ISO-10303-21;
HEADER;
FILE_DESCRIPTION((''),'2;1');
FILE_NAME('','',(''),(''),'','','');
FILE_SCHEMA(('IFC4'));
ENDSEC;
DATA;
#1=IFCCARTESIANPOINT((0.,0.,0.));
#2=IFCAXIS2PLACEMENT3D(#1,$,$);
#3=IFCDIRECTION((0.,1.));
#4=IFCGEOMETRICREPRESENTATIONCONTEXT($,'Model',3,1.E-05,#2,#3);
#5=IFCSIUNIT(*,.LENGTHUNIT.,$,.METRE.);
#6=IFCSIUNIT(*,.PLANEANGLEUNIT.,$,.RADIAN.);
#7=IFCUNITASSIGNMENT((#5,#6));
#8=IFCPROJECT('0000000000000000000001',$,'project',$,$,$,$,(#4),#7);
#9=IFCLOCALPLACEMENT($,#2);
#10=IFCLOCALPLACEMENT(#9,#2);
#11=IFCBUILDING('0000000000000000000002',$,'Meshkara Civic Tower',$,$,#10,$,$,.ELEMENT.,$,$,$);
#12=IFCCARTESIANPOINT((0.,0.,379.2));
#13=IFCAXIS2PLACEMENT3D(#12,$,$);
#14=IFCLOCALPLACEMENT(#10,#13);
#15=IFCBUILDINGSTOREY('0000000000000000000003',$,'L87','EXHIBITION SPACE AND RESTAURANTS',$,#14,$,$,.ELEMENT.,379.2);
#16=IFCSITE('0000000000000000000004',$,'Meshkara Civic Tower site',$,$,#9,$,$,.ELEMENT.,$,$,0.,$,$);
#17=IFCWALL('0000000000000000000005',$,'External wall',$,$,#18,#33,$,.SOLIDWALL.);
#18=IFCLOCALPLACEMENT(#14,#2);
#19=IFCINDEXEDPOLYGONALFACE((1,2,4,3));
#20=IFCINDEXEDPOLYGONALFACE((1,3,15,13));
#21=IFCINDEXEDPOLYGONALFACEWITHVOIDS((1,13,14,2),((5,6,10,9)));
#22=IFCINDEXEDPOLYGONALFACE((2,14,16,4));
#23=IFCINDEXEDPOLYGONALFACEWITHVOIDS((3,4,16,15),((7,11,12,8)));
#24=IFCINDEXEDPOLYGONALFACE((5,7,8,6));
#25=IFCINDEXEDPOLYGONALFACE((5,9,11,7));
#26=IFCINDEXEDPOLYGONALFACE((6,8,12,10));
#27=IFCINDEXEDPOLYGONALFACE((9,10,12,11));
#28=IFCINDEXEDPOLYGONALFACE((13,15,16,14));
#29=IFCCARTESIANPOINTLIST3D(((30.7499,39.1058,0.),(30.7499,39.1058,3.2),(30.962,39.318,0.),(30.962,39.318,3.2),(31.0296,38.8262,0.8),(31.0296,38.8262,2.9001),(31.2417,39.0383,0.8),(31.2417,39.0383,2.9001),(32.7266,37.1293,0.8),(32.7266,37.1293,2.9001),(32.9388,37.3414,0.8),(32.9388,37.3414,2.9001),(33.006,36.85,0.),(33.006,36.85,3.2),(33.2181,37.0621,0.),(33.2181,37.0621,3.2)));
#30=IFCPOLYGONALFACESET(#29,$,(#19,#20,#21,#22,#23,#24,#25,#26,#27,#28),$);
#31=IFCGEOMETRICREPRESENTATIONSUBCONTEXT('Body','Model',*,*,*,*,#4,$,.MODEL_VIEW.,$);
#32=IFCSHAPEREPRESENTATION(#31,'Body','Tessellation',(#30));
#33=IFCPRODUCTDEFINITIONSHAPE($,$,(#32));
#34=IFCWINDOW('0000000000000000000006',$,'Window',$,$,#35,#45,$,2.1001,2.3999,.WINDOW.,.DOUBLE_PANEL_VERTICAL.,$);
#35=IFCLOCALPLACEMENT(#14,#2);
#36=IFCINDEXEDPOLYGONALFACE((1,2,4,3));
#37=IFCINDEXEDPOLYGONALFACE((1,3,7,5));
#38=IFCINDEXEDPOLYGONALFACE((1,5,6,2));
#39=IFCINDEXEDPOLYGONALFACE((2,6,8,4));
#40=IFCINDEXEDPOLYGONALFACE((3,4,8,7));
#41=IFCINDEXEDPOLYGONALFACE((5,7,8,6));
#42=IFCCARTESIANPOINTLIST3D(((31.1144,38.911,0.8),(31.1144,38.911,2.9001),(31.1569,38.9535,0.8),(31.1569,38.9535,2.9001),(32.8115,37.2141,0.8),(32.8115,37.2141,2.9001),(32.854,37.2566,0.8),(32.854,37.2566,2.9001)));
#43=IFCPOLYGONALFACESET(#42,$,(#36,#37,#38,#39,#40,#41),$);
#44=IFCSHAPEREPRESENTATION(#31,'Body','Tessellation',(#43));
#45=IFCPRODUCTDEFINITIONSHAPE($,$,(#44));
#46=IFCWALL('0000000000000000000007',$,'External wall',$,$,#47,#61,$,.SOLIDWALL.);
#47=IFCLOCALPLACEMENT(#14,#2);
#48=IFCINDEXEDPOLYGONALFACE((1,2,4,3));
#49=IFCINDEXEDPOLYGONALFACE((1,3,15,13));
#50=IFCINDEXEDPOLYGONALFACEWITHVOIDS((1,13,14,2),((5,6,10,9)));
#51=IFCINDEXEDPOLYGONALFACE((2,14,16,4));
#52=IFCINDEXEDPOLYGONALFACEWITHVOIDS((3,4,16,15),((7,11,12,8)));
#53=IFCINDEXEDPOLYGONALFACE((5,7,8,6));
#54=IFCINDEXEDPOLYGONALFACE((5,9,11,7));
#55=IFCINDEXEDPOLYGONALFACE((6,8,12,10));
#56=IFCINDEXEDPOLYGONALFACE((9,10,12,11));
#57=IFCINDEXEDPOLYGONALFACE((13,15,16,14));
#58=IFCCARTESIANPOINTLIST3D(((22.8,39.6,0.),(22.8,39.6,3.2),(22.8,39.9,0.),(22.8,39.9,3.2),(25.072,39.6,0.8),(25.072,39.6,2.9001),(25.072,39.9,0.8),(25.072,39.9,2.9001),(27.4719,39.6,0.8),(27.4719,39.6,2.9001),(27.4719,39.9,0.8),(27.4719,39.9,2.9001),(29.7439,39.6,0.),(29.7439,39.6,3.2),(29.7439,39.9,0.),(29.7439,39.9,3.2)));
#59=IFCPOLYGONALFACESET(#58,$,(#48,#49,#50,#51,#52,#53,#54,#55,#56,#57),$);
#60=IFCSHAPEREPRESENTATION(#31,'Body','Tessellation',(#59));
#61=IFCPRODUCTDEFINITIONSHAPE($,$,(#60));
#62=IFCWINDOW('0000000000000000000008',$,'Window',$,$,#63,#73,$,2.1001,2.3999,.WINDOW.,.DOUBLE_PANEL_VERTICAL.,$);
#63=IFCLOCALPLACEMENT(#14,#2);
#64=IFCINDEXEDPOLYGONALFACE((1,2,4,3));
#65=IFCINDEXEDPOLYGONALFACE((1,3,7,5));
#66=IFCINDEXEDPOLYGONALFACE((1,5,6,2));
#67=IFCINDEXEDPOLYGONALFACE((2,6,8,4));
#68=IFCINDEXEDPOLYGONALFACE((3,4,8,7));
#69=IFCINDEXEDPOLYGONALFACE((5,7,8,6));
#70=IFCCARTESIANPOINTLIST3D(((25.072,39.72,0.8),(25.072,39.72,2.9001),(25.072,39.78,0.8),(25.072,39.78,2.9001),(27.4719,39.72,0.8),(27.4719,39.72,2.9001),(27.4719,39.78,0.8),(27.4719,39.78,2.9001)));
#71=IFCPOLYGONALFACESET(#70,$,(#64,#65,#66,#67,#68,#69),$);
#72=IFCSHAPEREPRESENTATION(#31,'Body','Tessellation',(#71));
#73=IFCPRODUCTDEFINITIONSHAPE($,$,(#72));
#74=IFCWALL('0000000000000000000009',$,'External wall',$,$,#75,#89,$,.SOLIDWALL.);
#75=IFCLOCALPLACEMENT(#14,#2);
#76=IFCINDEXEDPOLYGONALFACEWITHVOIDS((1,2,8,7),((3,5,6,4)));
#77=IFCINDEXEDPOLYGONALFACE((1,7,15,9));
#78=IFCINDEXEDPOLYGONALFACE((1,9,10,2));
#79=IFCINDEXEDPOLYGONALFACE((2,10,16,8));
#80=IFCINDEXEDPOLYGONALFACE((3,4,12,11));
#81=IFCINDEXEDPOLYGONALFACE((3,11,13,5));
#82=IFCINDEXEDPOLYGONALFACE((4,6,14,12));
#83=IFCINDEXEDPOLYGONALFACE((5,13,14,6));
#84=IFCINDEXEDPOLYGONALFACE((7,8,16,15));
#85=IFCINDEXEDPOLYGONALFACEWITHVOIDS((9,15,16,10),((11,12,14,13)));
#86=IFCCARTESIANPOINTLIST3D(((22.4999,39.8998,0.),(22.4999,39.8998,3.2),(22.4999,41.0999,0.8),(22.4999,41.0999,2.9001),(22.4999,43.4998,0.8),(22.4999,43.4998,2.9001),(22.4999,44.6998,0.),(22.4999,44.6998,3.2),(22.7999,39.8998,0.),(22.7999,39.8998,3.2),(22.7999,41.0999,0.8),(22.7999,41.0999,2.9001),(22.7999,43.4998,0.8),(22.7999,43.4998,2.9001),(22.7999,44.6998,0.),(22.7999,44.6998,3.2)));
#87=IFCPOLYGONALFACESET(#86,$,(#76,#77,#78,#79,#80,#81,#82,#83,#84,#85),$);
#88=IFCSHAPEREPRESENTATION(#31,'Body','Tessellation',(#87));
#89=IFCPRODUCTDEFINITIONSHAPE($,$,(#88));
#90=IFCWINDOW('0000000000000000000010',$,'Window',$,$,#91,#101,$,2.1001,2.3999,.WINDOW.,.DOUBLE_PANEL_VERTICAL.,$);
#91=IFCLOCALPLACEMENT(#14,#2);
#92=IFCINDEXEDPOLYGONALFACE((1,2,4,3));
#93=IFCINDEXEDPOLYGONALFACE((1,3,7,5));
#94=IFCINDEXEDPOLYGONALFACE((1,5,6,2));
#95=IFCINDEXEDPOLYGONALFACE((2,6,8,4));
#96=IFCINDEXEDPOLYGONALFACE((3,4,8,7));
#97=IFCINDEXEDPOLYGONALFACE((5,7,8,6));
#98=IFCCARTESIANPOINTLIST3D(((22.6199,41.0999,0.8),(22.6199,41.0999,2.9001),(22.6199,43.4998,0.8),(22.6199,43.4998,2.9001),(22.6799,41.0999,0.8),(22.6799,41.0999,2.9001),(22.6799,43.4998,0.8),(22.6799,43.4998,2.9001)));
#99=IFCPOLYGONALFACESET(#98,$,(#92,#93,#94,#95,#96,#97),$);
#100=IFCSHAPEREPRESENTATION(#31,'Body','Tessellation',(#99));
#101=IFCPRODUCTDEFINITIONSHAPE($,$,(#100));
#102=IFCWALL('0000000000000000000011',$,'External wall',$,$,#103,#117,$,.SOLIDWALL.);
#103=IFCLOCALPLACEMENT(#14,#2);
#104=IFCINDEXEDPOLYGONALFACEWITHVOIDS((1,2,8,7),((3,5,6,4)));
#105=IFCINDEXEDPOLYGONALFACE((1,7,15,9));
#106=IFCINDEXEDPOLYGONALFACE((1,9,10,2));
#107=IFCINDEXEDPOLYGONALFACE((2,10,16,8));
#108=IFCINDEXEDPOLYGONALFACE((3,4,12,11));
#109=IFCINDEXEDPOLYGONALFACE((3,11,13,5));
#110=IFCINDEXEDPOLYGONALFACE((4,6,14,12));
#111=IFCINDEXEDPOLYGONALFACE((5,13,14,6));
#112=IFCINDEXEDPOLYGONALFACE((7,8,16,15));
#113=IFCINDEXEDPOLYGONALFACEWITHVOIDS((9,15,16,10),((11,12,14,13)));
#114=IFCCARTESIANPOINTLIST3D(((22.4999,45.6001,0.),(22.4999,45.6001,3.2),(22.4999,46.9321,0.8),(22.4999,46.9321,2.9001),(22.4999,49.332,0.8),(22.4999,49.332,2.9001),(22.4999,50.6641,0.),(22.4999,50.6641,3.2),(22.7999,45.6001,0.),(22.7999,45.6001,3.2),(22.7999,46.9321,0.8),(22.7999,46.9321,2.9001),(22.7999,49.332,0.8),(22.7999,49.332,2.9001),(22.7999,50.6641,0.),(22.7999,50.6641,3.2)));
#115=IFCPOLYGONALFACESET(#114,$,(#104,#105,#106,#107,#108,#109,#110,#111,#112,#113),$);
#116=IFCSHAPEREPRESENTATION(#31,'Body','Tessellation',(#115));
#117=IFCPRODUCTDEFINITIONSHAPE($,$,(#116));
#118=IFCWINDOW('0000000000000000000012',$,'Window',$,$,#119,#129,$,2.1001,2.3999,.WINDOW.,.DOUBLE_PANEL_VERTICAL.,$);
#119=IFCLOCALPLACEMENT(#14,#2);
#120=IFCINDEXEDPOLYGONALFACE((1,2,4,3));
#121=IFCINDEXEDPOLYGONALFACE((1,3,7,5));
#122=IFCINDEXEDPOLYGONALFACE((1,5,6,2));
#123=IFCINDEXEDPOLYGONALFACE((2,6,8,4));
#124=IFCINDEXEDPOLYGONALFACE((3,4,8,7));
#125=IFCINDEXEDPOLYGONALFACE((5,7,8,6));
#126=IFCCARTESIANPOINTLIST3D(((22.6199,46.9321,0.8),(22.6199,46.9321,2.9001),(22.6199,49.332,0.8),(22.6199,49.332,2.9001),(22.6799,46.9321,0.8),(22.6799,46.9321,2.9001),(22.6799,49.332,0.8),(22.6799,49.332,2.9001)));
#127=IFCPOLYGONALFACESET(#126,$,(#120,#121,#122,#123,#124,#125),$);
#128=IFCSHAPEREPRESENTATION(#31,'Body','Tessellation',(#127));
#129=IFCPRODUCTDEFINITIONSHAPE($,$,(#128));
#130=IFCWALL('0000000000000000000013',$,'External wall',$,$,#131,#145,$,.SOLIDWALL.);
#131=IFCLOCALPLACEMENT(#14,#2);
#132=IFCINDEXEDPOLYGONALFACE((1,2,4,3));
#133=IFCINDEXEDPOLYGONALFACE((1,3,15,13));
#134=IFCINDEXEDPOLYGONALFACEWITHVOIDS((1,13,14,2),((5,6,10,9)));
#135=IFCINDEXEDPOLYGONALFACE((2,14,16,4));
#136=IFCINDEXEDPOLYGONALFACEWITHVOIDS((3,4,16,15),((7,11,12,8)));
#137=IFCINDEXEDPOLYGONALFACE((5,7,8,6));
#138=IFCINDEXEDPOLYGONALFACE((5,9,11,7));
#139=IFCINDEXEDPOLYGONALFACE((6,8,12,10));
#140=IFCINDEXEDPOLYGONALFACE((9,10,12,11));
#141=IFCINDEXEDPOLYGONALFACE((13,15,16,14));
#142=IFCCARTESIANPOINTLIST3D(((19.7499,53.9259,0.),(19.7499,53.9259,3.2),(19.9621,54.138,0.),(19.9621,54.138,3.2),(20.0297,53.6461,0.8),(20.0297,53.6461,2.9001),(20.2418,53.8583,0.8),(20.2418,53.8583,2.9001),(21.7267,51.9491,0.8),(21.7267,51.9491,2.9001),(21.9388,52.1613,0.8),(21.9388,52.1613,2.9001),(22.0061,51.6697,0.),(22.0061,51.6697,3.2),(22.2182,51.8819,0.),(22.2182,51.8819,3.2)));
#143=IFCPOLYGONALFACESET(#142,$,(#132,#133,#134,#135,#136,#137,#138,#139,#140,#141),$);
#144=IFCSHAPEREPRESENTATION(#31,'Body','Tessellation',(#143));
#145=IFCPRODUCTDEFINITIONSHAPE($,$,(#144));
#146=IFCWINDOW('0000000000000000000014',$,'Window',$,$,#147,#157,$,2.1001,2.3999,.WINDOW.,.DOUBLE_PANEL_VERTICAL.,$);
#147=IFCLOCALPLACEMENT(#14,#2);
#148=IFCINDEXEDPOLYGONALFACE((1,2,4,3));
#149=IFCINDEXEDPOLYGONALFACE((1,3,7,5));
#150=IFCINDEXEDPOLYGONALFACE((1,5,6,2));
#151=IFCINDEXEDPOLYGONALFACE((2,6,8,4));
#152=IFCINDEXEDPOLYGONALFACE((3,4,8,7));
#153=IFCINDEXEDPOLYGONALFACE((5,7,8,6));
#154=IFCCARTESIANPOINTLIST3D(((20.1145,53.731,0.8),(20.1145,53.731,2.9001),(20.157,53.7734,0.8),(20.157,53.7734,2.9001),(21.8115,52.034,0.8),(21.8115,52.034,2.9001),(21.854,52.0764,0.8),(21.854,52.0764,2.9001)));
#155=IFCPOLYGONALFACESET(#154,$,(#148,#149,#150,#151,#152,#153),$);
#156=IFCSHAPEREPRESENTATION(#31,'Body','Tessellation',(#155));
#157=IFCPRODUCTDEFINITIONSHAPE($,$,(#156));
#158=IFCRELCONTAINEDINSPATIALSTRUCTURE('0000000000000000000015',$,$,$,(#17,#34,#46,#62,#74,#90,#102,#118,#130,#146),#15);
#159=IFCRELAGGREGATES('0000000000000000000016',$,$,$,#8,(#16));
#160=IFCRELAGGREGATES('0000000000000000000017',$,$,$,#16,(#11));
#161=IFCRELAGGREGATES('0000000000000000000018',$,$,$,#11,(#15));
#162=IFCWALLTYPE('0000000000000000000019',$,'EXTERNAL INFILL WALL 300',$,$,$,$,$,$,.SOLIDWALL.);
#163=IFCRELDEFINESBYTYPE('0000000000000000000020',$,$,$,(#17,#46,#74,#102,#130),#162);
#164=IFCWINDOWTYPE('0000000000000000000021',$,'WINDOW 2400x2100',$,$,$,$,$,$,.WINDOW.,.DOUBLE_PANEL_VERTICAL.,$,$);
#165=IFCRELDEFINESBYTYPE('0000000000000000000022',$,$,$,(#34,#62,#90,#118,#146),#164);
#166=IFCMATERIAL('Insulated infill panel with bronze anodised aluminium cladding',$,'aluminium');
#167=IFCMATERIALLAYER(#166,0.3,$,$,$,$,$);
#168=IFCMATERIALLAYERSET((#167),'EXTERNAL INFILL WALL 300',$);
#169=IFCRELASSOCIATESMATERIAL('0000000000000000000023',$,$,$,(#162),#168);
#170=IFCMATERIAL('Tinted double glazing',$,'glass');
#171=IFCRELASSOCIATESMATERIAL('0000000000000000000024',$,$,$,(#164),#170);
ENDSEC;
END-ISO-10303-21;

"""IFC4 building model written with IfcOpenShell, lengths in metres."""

from ifc_helpers import new_model, si_unit, direction, frame, frame_2d, origin, place, context, subcontext, project, spatial, rectangle, extrude, material, layer, layer_set, type_object, element, fill, save


model = new_model("IFC4")

# Units and contexts
model_context = context("Model", 3, precision=1e-05, world=origin(), true_north=direction((0.0, 1.0)))
body_context = subcontext(model_context, "Body", "Model", "MODEL_VIEW")
ifc_project = project(units=[si_unit("LENGTHUNIT", "METRE"), si_unit("PLANEANGLEUNIT", "RADIAN")], contexts=[model_context])

# Site, building, storey
site_placement = place(None, origin())
site = spatial("IfcSite", under=ifc_project, at=site_placement, Name="Meshkara Civic Tower site", CompositionType="ELEMENT", RefElevation=0.0)
building_placement = place(site_placement, origin())
building = spatial("IfcBuilding", under=site, at=building_placement, Name="Meshkara Civic Tower", CompositionType="ELEMENT")
storey_placement = place(building_placement, frame((0.0, 0.0, 379.2)))
storey = spatial("IfcBuildingStorey", under=building, at=storey_placement, Name="L87", Description="EXHIBITION SPACE AND RESTAURANTS", CompositionType="ELEMENT", Elevation=379.2)

# Walls, openings, windows
ifc_material_1 = material(Name="Insulated infill panel with bronze anodised aluminium cladding", Category="aluminium")
ifc_layer_1 = layer(ifc_material_1, 0.3)
ifc_layer_set_1 = layer_set([ifc_layer_1], Name="EXTERNAL INFILL WALL 300")
wall_type_1 = type_object("IfcWallType", Name="EXTERNAL INFILL WALL 300", PredefinedType="SOLIDWALL", material=ifc_layer_set_1)
wall_1_placement = place(storey_placement, frame((33.1121, 36.9561, 0.0), z_axis=(0.0, 0.0, 1.0), x_axis=(-0.707145, 0.707069, 0.0)))
wall_1 = element("IfcWall", 1, at=wall_1_placement, inside=storey, type_object=wall_type_1, Name="External wall", PredefinedType="SOLIDWALL", context=body_context, shape_type="SweptSolid", body=[
    extrude(rectangle(XDim=3.1904, YDim=0.3, at=frame_2d((1.5952, 0.0))), origin(), (0.0, 0.0, 1.0), 3.2),
])
opening_1_placement = place(wall_1_placement, frame((0.395, 0.0, 0.8)))
opening_1 = element("IfcOpeningElement", 2, at=opening_1_placement, cuts=wall_1, PredefinedType="OPENING", context=body_context, shape_type="SweptSolid", body=[
    extrude(rectangle(XDim=2.3999, YDim=2.1001, at=frame_2d((1.2, 1.05))), frame((0.0, 0.1599, 0.0), z_axis=(0.0, -1.0, 0.0), x_axis=(1.0, 0.0, 0.0)), (0.0, 0.0, 1.0), 0.3201),
])
ifc_material_2 = material(Name="Tinted double glazing", Category="glass")
window_type = type_object("IfcWindowType", Name="WINDOW 2400x2100", PartitioningType="DOUBLE_PANEL_VERTICAL", PredefinedType="WINDOW", material=ifc_material_2)
window_1_placement = place(opening_1_placement, origin())
window_1 = element("IfcWindow", 3, at=window_1_placement, inside=storey, type_object=window_type, Name="Window", OverallHeight=2.1001, OverallWidth=2.3999, PartitioningType="DOUBLE_PANEL_VERTICAL", PredefinedType="WINDOW", context=body_context, shape_type="SweptSolid", body=[
    extrude(rectangle(XDim=2.3999, YDim=2.1001, at=frame_2d((1.2, 1.05))), frame((0.0, 0.03, 0.0), z_axis=(0.0, -1.0, 0.0), x_axis=(1.0, 0.0, 0.0)), (0.0, 0.0, 1.0), 0.0601),
])
fill(opening_1, window_1)
wall_2_placement = place(storey_placement, frame((29.7439, 39.75, 0.0), z_axis=(0.0, 0.0, 1.0), x_axis=(-1.0, 0.0, 0.0)))
wall_2 = element("IfcWall", 4, at=wall_2_placement, inside=storey, type_object=wall_type_1, Name="External wall", PredefinedType="SOLIDWALL", context=body_context, shape_type="SweptSolid", body=[
    extrude(rectangle(XDim=6.9438, YDim=0.3, at=frame_2d((3.4719, 0.0))), origin(), (0.0, 0.0, 1.0), 3.2),
])
opening_2_placement = place(wall_2_placement, frame((2.272, 0.0, 0.8)))
opening_2 = element("IfcOpeningElement", 5, at=opening_2_placement, cuts=wall_2, PredefinedType="OPENING", context=body_context, shape_type="SweptSolid", body=[
    extrude(rectangle(XDim=2.3999, YDim=2.1001, at=frame_2d((1.2, 1.05))), frame((0.0, 0.1599, 0.0), z_axis=(0.0, -1.0, 0.0), x_axis=(1.0, 0.0, 0.0)), (0.0, 0.0, 1.0), 0.3201),
])
window_2_placement = place(opening_2_placement, origin())
window_2 = element("IfcWindow", 6, at=window_2_placement, inside=storey, type_object=window_type, Name="Window", OverallHeight=2.1001, OverallWidth=2.3999, PartitioningType="DOUBLE_PANEL_VERTICAL", PredefinedType="WINDOW", context=body_context, shape_type="SweptSolid", body=[
    extrude(rectangle(XDim=2.3999, YDim=2.1001, at=frame_2d((1.2, 1.05))), frame((0.0, 0.03, 0.0), z_axis=(0.0, -1.0, 0.0), x_axis=(1.0, 0.0, 0.0)), (0.0, 0.0, 1.0), 0.0601),
])
fill(opening_2, window_2)
wall_3_placement = place(storey_placement, frame((22.6499, 39.8999, 0.0), z_axis=(0.0, 0.0, 1.0), x_axis=(0.0, 1.0, 0.0)))
wall_3 = element("IfcWall", 7, at=wall_3_placement, inside=storey, type_object=wall_type_1, Name="External wall", PredefinedType="SOLIDWALL", context=body_context, shape_type="SweptSolid", body=[
    extrude(rectangle(XDim=4.8, YDim=0.3, at=frame_2d((2.3999, 0.0))), origin(), (0.0, 0.0, 1.0), 3.2),
])
opening_3_placement = place(wall_3_placement, frame((1.2, 0.0, 0.8)))
opening_3 = element("IfcOpeningElement", 8, at=opening_3_placement, cuts=wall_3, PredefinedType="OPENING", context=body_context, shape_type="SweptSolid", body=[
    extrude(rectangle(XDim=2.3999, YDim=2.1001, at=frame_2d((1.2, 1.05))), frame((0.0, 0.1599, 0.0), z_axis=(0.0, -1.0, 0.0), x_axis=(1.0, 0.0, 0.0)), (0.0, 0.0, 1.0), 0.3201),
])
window_3_placement = place(opening_3_placement, origin())
window_3 = element("IfcWindow", 9, at=window_3_placement, inside=storey, type_object=window_type, Name="Window", OverallHeight=2.1001, OverallWidth=2.3999, PartitioningType="DOUBLE_PANEL_VERTICAL", PredefinedType="WINDOW", context=body_context, shape_type="SweptSolid", body=[
    extrude(rectangle(XDim=2.3999, YDim=2.1001, at=frame_2d((1.2, 1.05))), frame((0.0, 0.03, 0.0), z_axis=(0.0, -1.0, 0.0), x_axis=(1.0, 0.0, 0.0)), (0.0, 0.0, 1.0), 0.0601),
])
fill(opening_3, window_3)
wall_4_placement = place(storey_placement, frame((22.6499, 45.6001, 0.0), z_axis=(0.0, 0.0, 1.0), x_axis=(0.0, 1.0, 0.0)))
wall_4 = element("IfcWall", 10, at=wall_4_placement, inside=storey, type_object=wall_type_1, Name="External wall", PredefinedType="SOLIDWALL", context=body_context, shape_type="SweptSolid", body=[
    extrude(rectangle(XDim=5.064, YDim=0.3, at=frame_2d((2.532, 0.0))), origin(), (0.0, 0.0, 1.0), 3.2),
])
opening_4_placement = place(wall_4_placement, frame((1.332, 0.0, 0.8)))
opening_4 = element("IfcOpeningElement", 11, at=opening_4_placement, cuts=wall_4, PredefinedType="OPENING", context=body_context, shape_type="SweptSolid", body=[
    extrude(rectangle(XDim=2.3999, YDim=2.1001, at=frame_2d((1.2, 1.05))), frame((0.0, 0.1599, 0.0), z_axis=(0.0, -1.0, 0.0), x_axis=(1.0, 0.0, 0.0)), (0.0, 0.0, 1.0), 0.3201),
])
window_4_placement = place(opening_4_placement, origin())
window_4 = element("IfcWindow", 12, at=window_4_placement, inside=storey, type_object=window_type, Name="Window", OverallHeight=2.1001, OverallWidth=2.3999, PartitioningType="DOUBLE_PANEL_VERTICAL", PredefinedType="WINDOW", context=body_context, shape_type="SweptSolid", body=[
    extrude(rectangle(XDim=2.3999, YDim=2.1001, at=frame_2d((1.2, 1.05))), frame((0.0, 0.03, 0.0), z_axis=(0.0, -1.0, 0.0), x_axis=(1.0, 0.0, 0.0)), (0.0, 0.0, 1.0), 0.0601),
])
fill(opening_4, window_4)
wall_5_placement = place(storey_placement, frame((22.1121, 51.7759, 0.0), z_axis=(0.0, 0.0, 1.0), x_axis=(-0.707107, 0.707107, 0.0)))
wall_5 = element("IfcWall", 13, at=wall_5_placement, inside=storey, type_object=wall_type_1, Name="External wall", PredefinedType="SOLIDWALL", context=body_context, shape_type="SweptSolid", body=[
    extrude(rectangle(XDim=3.1907, YDim=0.3, at=frame_2d((1.5952, 0.0))), origin(), (0.0, 0.0, 1.0), 3.2),
])
opening_5_placement = place(wall_5_placement, frame((0.395, 0.0, 0.8)))
opening_5 = element("IfcOpeningElement", 14, at=opening_5_placement, cuts=wall_5, PredefinedType="OPENING", context=body_context, shape_type="SweptSolid", body=[
    extrude(rectangle(XDim=2.3999, YDim=2.1001, at=frame_2d((1.2, 1.05))), frame((0.0, 0.1599, 0.0), z_axis=(0.0, -1.0, 0.0), x_axis=(1.0, 0.0, 0.0)), (0.0, 0.0, 1.0), 0.3201),
])
window_5_placement = place(opening_5_placement, origin())
window_5 = element("IfcWindow", 15, at=window_5_placement, inside=storey, type_object=window_type, Name="Window", OverallHeight=2.1001, OverallWidth=2.3999, PartitioningType="DOUBLE_PANEL_VERTICAL", PredefinedType="WINDOW", context=body_context, shape_type="SweptSolid", body=[
    extrude(rectangle(XDim=2.3999, YDim=2.1001, at=frame_2d((1.2, 1.05))), frame((0.0, 0.03, 0.0), z_axis=(0.0, -1.0, 0.0), x_axis=(1.0, 0.0, 0.0)), (0.0, 0.0, 1.0), 0.0601),
])
fill(opening_5, window_5)

save(model, "model.ifc")
